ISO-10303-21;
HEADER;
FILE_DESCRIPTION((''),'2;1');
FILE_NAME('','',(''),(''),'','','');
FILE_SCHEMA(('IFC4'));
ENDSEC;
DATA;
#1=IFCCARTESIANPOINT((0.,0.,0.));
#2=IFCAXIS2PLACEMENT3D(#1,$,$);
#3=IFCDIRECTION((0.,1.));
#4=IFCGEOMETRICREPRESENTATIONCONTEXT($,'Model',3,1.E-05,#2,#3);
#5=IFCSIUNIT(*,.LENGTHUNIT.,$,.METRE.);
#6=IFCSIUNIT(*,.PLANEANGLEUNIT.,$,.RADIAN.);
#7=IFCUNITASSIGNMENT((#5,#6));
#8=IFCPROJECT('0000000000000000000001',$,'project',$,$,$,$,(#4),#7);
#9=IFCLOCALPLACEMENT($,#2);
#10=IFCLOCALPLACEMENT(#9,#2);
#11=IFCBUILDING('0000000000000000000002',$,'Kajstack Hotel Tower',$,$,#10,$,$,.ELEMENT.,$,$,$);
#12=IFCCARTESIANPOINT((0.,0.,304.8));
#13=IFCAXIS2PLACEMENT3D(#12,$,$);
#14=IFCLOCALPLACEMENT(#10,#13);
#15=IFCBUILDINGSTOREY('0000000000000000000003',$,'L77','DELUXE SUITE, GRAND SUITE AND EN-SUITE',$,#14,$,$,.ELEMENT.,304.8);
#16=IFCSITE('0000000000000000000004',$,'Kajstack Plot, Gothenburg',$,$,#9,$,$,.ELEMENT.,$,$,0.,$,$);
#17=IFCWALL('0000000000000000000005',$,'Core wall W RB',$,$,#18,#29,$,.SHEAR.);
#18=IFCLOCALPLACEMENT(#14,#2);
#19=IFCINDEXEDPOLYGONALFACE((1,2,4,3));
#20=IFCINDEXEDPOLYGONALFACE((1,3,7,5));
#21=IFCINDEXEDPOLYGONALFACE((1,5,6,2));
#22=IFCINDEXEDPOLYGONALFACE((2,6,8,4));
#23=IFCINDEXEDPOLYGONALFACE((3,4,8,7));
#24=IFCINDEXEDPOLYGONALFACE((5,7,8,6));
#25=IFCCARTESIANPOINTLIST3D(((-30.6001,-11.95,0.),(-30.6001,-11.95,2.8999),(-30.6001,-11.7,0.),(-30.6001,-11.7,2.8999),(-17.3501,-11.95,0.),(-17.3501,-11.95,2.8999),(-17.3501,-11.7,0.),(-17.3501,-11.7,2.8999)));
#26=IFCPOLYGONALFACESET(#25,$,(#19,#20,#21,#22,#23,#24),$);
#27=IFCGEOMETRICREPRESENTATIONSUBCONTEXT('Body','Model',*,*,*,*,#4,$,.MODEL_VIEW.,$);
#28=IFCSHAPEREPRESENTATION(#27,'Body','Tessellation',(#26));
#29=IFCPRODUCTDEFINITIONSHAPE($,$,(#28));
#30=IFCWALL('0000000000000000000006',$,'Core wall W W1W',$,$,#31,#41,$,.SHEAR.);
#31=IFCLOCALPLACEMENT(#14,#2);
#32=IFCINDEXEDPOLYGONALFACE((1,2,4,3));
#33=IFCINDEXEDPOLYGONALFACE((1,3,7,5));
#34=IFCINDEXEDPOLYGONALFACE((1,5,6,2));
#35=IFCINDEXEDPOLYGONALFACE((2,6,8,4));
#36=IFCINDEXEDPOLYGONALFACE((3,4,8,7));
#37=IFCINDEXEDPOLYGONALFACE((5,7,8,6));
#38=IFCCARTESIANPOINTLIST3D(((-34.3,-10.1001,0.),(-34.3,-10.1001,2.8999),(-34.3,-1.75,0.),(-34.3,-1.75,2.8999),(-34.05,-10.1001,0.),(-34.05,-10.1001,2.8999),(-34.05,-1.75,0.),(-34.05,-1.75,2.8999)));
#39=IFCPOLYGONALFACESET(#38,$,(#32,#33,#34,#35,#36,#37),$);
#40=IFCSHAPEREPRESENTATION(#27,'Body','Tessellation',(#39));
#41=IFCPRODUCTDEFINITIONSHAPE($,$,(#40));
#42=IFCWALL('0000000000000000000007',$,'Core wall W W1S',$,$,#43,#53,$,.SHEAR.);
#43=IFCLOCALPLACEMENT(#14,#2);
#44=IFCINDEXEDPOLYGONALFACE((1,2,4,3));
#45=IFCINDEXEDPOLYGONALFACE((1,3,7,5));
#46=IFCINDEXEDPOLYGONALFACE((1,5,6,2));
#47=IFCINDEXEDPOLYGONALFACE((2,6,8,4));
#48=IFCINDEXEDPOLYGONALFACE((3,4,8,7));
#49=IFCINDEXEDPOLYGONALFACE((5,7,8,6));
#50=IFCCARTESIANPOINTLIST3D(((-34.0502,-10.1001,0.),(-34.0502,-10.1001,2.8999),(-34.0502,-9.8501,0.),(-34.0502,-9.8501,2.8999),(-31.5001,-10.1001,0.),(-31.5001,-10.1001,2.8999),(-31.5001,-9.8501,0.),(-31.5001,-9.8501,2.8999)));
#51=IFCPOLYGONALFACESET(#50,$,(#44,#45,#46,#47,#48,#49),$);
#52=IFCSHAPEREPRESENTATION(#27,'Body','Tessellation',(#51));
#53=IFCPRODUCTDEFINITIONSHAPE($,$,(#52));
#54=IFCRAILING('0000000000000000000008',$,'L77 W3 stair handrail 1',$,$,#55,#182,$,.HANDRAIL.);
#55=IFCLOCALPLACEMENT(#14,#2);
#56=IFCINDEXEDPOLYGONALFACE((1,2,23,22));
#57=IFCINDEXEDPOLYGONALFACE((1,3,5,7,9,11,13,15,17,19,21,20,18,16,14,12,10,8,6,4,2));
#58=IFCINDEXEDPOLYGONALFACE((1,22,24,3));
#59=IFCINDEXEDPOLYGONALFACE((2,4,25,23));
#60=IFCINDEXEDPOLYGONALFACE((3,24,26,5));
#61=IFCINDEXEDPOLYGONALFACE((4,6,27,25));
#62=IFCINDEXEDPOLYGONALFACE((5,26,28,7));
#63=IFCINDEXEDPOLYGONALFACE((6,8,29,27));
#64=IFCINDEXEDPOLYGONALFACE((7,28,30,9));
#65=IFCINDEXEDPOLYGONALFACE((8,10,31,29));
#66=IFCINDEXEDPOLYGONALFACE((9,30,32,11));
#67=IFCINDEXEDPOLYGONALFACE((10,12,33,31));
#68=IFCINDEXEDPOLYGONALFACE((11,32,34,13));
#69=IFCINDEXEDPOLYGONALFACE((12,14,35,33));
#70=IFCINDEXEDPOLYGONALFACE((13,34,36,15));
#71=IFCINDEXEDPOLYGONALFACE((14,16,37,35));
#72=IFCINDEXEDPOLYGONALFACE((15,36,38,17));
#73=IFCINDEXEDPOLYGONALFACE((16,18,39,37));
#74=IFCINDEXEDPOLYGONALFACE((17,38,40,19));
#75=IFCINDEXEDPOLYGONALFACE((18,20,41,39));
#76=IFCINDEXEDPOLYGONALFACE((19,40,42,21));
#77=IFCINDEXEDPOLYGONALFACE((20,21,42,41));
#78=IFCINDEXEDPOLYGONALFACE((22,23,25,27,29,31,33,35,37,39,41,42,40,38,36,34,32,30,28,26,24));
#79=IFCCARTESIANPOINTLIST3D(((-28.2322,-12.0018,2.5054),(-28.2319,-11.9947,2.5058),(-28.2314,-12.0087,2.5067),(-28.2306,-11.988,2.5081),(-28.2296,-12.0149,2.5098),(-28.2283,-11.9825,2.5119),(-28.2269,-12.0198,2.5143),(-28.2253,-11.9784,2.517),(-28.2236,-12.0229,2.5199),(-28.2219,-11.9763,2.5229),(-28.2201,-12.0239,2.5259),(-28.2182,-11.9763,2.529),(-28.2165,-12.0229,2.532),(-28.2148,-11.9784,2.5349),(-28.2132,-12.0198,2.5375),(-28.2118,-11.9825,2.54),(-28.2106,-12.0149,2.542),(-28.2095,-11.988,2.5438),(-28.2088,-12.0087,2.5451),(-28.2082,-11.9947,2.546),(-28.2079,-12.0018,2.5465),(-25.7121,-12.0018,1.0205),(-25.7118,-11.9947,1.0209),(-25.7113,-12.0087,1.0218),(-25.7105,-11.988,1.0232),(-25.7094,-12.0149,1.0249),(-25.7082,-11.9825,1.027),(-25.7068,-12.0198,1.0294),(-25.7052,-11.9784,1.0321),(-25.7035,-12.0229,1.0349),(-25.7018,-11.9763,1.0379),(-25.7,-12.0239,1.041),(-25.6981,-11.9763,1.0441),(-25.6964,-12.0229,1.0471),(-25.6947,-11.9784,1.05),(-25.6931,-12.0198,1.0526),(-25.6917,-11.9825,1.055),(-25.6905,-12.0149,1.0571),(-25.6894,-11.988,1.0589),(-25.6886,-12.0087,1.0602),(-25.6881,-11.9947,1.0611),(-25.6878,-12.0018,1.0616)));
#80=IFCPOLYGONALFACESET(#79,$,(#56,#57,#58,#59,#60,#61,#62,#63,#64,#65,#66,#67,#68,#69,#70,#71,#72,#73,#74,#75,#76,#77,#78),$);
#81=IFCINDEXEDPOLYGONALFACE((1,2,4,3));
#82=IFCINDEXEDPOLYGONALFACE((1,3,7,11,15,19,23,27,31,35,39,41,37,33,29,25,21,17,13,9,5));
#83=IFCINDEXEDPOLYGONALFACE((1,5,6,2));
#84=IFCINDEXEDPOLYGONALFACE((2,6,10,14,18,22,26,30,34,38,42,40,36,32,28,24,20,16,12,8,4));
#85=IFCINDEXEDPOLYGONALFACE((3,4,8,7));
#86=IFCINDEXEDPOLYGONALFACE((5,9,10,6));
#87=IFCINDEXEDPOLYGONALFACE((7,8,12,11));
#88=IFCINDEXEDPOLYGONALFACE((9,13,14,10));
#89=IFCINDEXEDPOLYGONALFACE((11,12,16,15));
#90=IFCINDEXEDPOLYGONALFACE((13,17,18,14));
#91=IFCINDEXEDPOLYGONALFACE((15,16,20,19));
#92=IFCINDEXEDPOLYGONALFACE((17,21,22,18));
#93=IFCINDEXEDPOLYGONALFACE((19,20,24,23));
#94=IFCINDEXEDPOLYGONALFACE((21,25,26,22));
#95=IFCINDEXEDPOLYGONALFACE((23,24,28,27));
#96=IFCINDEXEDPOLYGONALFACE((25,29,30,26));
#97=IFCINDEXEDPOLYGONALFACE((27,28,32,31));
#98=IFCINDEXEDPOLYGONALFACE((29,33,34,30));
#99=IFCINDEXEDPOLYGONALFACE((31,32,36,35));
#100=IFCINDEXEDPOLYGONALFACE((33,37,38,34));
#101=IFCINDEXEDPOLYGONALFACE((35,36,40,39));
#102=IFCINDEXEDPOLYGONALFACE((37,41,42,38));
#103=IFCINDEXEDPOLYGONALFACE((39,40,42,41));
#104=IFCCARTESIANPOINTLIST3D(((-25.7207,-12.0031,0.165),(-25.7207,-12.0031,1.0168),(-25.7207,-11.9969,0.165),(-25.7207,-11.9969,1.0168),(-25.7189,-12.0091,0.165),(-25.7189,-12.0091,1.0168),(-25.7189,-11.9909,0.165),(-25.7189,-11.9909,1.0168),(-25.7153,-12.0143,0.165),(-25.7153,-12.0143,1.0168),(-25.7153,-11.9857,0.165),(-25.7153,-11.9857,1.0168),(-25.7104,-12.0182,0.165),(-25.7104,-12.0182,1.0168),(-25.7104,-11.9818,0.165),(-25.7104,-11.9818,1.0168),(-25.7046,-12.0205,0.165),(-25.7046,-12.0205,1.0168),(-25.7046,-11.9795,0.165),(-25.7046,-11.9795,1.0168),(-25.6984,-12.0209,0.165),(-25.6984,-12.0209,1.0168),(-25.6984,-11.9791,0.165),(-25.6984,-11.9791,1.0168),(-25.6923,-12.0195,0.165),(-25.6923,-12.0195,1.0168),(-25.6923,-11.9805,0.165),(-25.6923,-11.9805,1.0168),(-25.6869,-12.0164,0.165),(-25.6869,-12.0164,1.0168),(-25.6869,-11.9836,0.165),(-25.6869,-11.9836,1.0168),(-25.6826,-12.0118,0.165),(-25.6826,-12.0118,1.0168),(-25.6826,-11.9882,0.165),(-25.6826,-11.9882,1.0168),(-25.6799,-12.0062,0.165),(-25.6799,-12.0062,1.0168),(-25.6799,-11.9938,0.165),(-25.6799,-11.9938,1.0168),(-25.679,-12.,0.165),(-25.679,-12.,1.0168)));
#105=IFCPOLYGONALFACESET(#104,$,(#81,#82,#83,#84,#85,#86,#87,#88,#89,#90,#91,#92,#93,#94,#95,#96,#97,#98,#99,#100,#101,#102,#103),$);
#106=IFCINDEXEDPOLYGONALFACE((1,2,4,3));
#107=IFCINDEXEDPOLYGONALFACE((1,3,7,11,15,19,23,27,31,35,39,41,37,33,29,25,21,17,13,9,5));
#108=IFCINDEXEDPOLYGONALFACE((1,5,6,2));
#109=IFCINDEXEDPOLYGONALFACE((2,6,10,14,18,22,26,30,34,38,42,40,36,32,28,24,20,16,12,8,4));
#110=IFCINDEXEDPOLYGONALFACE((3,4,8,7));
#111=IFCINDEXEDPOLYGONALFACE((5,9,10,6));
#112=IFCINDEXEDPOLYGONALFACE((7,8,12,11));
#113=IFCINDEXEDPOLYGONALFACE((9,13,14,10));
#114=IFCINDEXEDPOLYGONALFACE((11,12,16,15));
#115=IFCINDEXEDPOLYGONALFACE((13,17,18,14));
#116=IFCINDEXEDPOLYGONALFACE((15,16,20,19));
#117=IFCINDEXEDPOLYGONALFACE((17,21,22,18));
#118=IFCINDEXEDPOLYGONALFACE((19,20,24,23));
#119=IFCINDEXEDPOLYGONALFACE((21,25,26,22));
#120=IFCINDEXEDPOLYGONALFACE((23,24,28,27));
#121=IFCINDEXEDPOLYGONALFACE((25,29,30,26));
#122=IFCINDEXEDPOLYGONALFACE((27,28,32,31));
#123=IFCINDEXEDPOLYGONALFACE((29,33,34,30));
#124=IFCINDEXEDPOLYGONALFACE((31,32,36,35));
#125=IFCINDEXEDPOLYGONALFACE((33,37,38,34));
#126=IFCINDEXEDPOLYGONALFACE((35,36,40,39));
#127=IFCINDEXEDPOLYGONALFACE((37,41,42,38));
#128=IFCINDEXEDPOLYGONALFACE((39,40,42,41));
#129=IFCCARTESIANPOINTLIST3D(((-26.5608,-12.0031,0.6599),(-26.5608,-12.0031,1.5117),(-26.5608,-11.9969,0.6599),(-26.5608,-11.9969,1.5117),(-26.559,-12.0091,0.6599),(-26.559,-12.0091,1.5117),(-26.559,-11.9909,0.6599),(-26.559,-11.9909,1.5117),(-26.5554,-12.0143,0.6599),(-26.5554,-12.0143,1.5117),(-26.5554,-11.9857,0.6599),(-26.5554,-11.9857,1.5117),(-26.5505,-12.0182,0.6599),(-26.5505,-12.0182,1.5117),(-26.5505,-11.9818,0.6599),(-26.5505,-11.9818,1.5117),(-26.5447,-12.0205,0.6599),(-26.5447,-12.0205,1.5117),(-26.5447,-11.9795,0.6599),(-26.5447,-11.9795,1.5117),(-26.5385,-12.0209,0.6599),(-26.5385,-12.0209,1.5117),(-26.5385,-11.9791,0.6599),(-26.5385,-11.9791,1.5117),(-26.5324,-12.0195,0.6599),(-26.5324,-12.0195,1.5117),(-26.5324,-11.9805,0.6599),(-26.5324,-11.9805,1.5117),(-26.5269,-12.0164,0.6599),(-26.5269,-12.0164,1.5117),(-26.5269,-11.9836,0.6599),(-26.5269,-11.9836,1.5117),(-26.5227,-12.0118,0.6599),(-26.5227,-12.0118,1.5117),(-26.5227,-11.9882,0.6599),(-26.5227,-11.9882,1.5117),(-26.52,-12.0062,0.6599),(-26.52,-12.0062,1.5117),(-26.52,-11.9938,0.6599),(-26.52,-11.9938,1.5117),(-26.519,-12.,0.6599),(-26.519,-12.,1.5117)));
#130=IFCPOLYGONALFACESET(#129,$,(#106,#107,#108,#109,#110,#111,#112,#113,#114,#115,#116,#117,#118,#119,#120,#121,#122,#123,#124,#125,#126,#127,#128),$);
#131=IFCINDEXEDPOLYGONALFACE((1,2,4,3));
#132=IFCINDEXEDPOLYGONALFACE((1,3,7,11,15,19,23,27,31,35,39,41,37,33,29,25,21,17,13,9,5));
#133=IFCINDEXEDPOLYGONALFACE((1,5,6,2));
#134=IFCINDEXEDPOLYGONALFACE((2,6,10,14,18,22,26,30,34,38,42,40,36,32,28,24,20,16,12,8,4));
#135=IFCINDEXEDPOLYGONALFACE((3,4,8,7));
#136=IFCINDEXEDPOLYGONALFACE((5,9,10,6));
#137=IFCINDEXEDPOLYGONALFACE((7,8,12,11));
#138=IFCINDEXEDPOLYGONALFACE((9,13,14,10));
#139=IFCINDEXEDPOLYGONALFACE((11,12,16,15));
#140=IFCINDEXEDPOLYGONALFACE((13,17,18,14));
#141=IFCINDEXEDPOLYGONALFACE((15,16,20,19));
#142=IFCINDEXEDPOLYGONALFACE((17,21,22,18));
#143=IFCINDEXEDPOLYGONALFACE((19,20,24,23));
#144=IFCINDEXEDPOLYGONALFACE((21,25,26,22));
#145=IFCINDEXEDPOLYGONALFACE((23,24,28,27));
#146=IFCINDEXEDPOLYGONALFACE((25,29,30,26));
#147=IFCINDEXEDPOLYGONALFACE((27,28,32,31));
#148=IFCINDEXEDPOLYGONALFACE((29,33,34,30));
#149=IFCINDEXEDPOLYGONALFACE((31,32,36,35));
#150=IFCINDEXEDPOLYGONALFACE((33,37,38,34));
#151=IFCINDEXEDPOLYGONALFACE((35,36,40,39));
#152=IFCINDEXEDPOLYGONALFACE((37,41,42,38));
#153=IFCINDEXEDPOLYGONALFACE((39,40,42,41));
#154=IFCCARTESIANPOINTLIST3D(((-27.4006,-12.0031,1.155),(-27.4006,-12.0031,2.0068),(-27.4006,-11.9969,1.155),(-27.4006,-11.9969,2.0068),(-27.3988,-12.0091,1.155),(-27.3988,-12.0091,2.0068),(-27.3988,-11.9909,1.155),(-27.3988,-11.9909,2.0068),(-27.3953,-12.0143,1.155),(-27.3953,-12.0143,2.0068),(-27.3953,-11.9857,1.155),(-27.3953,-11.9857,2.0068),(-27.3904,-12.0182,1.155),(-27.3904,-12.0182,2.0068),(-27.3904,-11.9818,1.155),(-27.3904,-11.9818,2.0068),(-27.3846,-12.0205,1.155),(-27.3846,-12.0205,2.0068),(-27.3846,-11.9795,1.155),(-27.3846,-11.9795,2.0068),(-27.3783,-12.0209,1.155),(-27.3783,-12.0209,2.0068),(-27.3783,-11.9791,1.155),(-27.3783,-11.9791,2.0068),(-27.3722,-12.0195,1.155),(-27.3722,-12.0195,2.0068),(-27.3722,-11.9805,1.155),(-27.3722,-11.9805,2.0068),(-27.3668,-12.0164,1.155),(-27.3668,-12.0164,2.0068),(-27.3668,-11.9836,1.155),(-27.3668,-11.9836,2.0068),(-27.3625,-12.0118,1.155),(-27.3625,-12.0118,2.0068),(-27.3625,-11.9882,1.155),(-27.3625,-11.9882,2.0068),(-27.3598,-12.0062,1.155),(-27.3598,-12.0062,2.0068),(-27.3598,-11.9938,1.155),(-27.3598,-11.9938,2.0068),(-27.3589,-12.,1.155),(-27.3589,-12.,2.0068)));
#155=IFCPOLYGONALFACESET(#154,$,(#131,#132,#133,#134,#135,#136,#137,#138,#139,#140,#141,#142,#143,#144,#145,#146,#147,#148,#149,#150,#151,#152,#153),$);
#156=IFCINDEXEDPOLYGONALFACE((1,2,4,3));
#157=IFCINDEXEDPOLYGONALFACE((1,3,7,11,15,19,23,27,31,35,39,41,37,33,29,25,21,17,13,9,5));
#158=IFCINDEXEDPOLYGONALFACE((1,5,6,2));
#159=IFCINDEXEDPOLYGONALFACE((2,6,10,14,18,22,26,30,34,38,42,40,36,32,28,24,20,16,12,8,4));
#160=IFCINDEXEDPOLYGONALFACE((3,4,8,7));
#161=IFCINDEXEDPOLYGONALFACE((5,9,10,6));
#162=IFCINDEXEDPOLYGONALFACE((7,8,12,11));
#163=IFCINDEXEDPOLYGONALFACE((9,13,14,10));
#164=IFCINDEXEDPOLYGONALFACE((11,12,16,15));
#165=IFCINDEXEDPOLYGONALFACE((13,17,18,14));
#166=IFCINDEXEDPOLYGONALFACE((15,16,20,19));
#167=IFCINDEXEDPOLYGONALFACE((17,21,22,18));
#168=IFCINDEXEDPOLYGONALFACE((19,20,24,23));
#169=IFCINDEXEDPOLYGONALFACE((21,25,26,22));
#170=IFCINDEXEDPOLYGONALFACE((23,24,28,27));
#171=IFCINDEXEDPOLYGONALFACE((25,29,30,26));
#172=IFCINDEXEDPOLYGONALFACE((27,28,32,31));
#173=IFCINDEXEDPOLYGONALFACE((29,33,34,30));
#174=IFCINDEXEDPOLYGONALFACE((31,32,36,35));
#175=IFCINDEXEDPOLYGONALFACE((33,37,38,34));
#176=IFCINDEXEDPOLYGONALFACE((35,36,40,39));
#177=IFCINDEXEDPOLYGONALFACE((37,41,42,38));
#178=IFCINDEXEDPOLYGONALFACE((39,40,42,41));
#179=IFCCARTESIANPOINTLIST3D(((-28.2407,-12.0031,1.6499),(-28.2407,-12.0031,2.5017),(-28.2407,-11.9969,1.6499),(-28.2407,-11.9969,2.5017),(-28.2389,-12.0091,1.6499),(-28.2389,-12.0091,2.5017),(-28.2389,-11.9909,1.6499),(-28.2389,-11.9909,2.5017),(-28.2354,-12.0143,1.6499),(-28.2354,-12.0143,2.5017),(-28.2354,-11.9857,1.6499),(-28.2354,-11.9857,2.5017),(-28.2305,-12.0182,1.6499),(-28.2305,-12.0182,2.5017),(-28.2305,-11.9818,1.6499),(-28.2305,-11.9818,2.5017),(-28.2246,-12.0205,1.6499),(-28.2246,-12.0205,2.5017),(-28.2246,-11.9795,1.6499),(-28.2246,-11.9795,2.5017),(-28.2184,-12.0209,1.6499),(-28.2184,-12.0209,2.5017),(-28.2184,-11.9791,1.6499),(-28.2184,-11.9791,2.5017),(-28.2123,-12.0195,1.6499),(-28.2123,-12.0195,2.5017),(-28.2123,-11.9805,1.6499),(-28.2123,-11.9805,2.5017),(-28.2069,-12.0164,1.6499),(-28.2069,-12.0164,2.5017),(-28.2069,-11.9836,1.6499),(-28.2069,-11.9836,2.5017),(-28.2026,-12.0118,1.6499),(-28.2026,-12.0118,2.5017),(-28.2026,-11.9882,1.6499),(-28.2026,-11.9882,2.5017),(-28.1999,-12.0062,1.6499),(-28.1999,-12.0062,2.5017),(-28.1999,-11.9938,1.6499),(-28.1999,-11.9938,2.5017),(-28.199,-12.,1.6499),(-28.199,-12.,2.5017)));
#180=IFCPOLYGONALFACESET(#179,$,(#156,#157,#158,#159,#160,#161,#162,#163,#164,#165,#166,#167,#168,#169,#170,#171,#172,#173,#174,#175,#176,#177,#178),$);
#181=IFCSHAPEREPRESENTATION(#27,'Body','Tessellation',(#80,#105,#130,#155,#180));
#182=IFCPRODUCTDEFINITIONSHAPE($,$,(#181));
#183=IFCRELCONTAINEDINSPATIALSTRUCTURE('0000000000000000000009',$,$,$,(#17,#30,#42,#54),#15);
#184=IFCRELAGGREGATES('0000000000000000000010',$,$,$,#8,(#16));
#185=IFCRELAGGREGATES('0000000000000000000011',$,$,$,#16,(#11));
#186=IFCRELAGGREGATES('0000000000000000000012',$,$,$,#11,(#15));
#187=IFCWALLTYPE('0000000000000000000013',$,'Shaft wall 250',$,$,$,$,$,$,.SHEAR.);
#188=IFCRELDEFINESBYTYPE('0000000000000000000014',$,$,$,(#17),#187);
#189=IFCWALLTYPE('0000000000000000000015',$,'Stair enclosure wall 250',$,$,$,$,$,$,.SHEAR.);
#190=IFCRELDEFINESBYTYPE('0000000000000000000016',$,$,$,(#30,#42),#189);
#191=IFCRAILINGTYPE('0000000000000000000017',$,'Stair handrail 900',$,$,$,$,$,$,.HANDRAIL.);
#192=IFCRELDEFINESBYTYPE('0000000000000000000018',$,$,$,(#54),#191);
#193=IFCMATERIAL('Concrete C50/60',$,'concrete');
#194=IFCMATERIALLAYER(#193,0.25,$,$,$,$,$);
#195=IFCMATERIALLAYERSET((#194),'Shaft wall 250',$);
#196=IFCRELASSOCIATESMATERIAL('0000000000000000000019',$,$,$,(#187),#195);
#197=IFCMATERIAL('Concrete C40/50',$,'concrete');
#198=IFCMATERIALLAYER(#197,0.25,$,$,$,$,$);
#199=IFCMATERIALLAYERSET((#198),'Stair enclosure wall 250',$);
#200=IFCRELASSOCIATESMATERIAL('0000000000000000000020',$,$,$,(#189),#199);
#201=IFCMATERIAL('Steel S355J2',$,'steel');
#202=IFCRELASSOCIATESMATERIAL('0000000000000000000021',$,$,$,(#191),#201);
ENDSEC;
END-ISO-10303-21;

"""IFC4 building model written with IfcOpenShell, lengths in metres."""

from ifc_helpers import new_model, si_unit, direction, frame, frame_2d, origin, origin_2d, place, context, subcontext, project, spatial, rectangle, circle, extrude, material, layer, layer_set, type_object, element, save


model = new_model("IFC4")

# Units and contexts
model_context = context("Model", 3, precision=1e-05, world=origin(), true_north=direction((0.0, 1.0)))
body_context = subcontext(model_context, "Body", "Model", "MODEL_VIEW")
ifc_project = project(units=[si_unit("LENGTHUNIT", "METRE"), si_unit("PLANEANGLEUNIT", "RADIAN")], contexts=[model_context])

# Site, building, storey
site_placement = place(None, origin())
site = spatial("IfcSite", under=ifc_project, at=site_placement, Name="Kajstack Plot, Gothenburg", CompositionType="ELEMENT", RefElevation=0.0)
building_placement = place(site_placement, origin())
building = spatial("IfcBuilding", under=site, at=building_placement, Name="Kajstack Hotel Tower", CompositionType="ELEMENT")
storey_placement = place(building_placement, frame((0.0, 0.0, 304.8)))
storey = spatial("IfcBuildingStorey", under=building, at=storey_placement, Name="L77", Description="DELUXE SUITE, GRAND SUITE AND EN-SUITE", CompositionType="ELEMENT", Elevation=304.8)

# Shared definitions
ifc_material_1 = material(Name="Concrete C40/50", Category="concrete")

# Shared definitions
ifc_material_2 = material(Name="Concrete C50/60", Category="concrete")
ifc_layer_1 = layer(ifc_material_2, 0.25)
ifc_layer_set_1 = layer_set([ifc_layer_1], Name="Shaft wall 250")
wall_type_1 = type_object("IfcWallType", Name="Shaft wall 250", PredefinedType="SHEAR", material=ifc_layer_set_1)

# Walls
wall_1_placement = place(storey_placement, frame((-30.6001, -11.825, 0.0), z_axis=(0.0, 0.0, 1.0), x_axis=(1.0, 0.0, 0.0)))
element("IfcWall", 1, at=wall_1_placement, inside=storey, type_object=wall_type_1, Name="Core wall W RB", PredefinedType="SHEAR", context=body_context, shape_type="SweptSolid", body=[
    extrude(rectangle(XDim=13.25, YDim=0.25, at=frame_2d((6.625, 0.0))), origin(), (0.0, 0.0, 1.0), 2.8999),
])
ifc_layer_2 = layer(ifc_material_1, 0.25)
ifc_layer_set_2 = layer_set([ifc_layer_2], Name="Stair enclosure wall 250")
wall_type_2 = type_object("IfcWallType", Name="Stair enclosure wall 250", PredefinedType="SHEAR", material=ifc_layer_set_2)
wall_2_placement = place(storey_placement, frame((-34.175, -10.1001, 0.0), z_axis=(0.0, 0.0, 1.0), x_axis=(0.0, 1.0, 0.0)))
element("IfcWall", 2, at=wall_2_placement, inside=storey, type_object=wall_type_2, Name="Core wall W W1W", PredefinedType="SHEAR", context=body_context, shape_type="SweptSolid", body=[
    extrude(rectangle(XDim=8.3501, YDim=0.25, at=frame_2d((4.175, 0.0))), origin(), (0.0, 0.0, 1.0), 2.8999),
])
wall_3_placement = place(storey_placement, frame((-34.05, -9.9751, 0.0), z_axis=(0.0, 0.0, 1.0), x_axis=(1.0, 0.0, 0.0)))
element("IfcWall", 3, at=wall_3_placement, inside=storey, type_object=wall_type_2, Name="Core wall W W1S", PredefinedType="SHEAR", context=body_context, shape_type="SweptSolid", body=[
    extrude(rectangle(XDim=2.55, YDim=0.25, at=frame_2d((1.2749, 0.0))), origin(), (0.0, 0.0, 1.0), 2.8999),
])

# Railing
ifc_material_3 = material(Name="Steel S355J2", Category="steel")
railing_type_1 = type_object("IfcRailingType", Name="Stair handrail 900", PredefinedType="HANDRAIL", material=ifc_material_3)
railing_1_placement = place(storey_placement, frame((-25.7, -12.0, 0.165)))
element("IfcRailing", 4, at=railing_1_placement, inside=storey, type_object=railing_type_1, Name="L77 W3 stair handrail 1", PredefinedType="HANDRAIL", context=body_context, shape_type="SweptSolid", body=[
    extrude(circle(Radius=0.0239, at=origin_2d()), frame((0.0, 0.0, 0.876), z_axis=(-0.861561, 0.0, 0.507655), x_axis=(0.0, -1.0, 0.0)), (0.0, 0.0, 1.0), 2.925),
    extrude(circle(Radius=0.021, at=origin_2d()), origin(), (0.0, 0.0, 1.0), 0.8518),
    extrude(circle(Radius=0.021, at=origin_2d()), frame((-0.8401, 0.0, 0.4949)), (0.0, 0.0, 1.0), 0.8518),
    extrude(circle(Radius=0.021, at=origin_2d()), frame((-1.6799, 0.0, 0.99)), (0.0, 0.0, 1.0), 0.8518),
    extrude(circle(Radius=0.021, at=origin_2d()), frame((-2.52, 0.0, 1.4849)), (0.0, 0.0, 1.0), 0.8518),
])

save(model, "model.ifc")
